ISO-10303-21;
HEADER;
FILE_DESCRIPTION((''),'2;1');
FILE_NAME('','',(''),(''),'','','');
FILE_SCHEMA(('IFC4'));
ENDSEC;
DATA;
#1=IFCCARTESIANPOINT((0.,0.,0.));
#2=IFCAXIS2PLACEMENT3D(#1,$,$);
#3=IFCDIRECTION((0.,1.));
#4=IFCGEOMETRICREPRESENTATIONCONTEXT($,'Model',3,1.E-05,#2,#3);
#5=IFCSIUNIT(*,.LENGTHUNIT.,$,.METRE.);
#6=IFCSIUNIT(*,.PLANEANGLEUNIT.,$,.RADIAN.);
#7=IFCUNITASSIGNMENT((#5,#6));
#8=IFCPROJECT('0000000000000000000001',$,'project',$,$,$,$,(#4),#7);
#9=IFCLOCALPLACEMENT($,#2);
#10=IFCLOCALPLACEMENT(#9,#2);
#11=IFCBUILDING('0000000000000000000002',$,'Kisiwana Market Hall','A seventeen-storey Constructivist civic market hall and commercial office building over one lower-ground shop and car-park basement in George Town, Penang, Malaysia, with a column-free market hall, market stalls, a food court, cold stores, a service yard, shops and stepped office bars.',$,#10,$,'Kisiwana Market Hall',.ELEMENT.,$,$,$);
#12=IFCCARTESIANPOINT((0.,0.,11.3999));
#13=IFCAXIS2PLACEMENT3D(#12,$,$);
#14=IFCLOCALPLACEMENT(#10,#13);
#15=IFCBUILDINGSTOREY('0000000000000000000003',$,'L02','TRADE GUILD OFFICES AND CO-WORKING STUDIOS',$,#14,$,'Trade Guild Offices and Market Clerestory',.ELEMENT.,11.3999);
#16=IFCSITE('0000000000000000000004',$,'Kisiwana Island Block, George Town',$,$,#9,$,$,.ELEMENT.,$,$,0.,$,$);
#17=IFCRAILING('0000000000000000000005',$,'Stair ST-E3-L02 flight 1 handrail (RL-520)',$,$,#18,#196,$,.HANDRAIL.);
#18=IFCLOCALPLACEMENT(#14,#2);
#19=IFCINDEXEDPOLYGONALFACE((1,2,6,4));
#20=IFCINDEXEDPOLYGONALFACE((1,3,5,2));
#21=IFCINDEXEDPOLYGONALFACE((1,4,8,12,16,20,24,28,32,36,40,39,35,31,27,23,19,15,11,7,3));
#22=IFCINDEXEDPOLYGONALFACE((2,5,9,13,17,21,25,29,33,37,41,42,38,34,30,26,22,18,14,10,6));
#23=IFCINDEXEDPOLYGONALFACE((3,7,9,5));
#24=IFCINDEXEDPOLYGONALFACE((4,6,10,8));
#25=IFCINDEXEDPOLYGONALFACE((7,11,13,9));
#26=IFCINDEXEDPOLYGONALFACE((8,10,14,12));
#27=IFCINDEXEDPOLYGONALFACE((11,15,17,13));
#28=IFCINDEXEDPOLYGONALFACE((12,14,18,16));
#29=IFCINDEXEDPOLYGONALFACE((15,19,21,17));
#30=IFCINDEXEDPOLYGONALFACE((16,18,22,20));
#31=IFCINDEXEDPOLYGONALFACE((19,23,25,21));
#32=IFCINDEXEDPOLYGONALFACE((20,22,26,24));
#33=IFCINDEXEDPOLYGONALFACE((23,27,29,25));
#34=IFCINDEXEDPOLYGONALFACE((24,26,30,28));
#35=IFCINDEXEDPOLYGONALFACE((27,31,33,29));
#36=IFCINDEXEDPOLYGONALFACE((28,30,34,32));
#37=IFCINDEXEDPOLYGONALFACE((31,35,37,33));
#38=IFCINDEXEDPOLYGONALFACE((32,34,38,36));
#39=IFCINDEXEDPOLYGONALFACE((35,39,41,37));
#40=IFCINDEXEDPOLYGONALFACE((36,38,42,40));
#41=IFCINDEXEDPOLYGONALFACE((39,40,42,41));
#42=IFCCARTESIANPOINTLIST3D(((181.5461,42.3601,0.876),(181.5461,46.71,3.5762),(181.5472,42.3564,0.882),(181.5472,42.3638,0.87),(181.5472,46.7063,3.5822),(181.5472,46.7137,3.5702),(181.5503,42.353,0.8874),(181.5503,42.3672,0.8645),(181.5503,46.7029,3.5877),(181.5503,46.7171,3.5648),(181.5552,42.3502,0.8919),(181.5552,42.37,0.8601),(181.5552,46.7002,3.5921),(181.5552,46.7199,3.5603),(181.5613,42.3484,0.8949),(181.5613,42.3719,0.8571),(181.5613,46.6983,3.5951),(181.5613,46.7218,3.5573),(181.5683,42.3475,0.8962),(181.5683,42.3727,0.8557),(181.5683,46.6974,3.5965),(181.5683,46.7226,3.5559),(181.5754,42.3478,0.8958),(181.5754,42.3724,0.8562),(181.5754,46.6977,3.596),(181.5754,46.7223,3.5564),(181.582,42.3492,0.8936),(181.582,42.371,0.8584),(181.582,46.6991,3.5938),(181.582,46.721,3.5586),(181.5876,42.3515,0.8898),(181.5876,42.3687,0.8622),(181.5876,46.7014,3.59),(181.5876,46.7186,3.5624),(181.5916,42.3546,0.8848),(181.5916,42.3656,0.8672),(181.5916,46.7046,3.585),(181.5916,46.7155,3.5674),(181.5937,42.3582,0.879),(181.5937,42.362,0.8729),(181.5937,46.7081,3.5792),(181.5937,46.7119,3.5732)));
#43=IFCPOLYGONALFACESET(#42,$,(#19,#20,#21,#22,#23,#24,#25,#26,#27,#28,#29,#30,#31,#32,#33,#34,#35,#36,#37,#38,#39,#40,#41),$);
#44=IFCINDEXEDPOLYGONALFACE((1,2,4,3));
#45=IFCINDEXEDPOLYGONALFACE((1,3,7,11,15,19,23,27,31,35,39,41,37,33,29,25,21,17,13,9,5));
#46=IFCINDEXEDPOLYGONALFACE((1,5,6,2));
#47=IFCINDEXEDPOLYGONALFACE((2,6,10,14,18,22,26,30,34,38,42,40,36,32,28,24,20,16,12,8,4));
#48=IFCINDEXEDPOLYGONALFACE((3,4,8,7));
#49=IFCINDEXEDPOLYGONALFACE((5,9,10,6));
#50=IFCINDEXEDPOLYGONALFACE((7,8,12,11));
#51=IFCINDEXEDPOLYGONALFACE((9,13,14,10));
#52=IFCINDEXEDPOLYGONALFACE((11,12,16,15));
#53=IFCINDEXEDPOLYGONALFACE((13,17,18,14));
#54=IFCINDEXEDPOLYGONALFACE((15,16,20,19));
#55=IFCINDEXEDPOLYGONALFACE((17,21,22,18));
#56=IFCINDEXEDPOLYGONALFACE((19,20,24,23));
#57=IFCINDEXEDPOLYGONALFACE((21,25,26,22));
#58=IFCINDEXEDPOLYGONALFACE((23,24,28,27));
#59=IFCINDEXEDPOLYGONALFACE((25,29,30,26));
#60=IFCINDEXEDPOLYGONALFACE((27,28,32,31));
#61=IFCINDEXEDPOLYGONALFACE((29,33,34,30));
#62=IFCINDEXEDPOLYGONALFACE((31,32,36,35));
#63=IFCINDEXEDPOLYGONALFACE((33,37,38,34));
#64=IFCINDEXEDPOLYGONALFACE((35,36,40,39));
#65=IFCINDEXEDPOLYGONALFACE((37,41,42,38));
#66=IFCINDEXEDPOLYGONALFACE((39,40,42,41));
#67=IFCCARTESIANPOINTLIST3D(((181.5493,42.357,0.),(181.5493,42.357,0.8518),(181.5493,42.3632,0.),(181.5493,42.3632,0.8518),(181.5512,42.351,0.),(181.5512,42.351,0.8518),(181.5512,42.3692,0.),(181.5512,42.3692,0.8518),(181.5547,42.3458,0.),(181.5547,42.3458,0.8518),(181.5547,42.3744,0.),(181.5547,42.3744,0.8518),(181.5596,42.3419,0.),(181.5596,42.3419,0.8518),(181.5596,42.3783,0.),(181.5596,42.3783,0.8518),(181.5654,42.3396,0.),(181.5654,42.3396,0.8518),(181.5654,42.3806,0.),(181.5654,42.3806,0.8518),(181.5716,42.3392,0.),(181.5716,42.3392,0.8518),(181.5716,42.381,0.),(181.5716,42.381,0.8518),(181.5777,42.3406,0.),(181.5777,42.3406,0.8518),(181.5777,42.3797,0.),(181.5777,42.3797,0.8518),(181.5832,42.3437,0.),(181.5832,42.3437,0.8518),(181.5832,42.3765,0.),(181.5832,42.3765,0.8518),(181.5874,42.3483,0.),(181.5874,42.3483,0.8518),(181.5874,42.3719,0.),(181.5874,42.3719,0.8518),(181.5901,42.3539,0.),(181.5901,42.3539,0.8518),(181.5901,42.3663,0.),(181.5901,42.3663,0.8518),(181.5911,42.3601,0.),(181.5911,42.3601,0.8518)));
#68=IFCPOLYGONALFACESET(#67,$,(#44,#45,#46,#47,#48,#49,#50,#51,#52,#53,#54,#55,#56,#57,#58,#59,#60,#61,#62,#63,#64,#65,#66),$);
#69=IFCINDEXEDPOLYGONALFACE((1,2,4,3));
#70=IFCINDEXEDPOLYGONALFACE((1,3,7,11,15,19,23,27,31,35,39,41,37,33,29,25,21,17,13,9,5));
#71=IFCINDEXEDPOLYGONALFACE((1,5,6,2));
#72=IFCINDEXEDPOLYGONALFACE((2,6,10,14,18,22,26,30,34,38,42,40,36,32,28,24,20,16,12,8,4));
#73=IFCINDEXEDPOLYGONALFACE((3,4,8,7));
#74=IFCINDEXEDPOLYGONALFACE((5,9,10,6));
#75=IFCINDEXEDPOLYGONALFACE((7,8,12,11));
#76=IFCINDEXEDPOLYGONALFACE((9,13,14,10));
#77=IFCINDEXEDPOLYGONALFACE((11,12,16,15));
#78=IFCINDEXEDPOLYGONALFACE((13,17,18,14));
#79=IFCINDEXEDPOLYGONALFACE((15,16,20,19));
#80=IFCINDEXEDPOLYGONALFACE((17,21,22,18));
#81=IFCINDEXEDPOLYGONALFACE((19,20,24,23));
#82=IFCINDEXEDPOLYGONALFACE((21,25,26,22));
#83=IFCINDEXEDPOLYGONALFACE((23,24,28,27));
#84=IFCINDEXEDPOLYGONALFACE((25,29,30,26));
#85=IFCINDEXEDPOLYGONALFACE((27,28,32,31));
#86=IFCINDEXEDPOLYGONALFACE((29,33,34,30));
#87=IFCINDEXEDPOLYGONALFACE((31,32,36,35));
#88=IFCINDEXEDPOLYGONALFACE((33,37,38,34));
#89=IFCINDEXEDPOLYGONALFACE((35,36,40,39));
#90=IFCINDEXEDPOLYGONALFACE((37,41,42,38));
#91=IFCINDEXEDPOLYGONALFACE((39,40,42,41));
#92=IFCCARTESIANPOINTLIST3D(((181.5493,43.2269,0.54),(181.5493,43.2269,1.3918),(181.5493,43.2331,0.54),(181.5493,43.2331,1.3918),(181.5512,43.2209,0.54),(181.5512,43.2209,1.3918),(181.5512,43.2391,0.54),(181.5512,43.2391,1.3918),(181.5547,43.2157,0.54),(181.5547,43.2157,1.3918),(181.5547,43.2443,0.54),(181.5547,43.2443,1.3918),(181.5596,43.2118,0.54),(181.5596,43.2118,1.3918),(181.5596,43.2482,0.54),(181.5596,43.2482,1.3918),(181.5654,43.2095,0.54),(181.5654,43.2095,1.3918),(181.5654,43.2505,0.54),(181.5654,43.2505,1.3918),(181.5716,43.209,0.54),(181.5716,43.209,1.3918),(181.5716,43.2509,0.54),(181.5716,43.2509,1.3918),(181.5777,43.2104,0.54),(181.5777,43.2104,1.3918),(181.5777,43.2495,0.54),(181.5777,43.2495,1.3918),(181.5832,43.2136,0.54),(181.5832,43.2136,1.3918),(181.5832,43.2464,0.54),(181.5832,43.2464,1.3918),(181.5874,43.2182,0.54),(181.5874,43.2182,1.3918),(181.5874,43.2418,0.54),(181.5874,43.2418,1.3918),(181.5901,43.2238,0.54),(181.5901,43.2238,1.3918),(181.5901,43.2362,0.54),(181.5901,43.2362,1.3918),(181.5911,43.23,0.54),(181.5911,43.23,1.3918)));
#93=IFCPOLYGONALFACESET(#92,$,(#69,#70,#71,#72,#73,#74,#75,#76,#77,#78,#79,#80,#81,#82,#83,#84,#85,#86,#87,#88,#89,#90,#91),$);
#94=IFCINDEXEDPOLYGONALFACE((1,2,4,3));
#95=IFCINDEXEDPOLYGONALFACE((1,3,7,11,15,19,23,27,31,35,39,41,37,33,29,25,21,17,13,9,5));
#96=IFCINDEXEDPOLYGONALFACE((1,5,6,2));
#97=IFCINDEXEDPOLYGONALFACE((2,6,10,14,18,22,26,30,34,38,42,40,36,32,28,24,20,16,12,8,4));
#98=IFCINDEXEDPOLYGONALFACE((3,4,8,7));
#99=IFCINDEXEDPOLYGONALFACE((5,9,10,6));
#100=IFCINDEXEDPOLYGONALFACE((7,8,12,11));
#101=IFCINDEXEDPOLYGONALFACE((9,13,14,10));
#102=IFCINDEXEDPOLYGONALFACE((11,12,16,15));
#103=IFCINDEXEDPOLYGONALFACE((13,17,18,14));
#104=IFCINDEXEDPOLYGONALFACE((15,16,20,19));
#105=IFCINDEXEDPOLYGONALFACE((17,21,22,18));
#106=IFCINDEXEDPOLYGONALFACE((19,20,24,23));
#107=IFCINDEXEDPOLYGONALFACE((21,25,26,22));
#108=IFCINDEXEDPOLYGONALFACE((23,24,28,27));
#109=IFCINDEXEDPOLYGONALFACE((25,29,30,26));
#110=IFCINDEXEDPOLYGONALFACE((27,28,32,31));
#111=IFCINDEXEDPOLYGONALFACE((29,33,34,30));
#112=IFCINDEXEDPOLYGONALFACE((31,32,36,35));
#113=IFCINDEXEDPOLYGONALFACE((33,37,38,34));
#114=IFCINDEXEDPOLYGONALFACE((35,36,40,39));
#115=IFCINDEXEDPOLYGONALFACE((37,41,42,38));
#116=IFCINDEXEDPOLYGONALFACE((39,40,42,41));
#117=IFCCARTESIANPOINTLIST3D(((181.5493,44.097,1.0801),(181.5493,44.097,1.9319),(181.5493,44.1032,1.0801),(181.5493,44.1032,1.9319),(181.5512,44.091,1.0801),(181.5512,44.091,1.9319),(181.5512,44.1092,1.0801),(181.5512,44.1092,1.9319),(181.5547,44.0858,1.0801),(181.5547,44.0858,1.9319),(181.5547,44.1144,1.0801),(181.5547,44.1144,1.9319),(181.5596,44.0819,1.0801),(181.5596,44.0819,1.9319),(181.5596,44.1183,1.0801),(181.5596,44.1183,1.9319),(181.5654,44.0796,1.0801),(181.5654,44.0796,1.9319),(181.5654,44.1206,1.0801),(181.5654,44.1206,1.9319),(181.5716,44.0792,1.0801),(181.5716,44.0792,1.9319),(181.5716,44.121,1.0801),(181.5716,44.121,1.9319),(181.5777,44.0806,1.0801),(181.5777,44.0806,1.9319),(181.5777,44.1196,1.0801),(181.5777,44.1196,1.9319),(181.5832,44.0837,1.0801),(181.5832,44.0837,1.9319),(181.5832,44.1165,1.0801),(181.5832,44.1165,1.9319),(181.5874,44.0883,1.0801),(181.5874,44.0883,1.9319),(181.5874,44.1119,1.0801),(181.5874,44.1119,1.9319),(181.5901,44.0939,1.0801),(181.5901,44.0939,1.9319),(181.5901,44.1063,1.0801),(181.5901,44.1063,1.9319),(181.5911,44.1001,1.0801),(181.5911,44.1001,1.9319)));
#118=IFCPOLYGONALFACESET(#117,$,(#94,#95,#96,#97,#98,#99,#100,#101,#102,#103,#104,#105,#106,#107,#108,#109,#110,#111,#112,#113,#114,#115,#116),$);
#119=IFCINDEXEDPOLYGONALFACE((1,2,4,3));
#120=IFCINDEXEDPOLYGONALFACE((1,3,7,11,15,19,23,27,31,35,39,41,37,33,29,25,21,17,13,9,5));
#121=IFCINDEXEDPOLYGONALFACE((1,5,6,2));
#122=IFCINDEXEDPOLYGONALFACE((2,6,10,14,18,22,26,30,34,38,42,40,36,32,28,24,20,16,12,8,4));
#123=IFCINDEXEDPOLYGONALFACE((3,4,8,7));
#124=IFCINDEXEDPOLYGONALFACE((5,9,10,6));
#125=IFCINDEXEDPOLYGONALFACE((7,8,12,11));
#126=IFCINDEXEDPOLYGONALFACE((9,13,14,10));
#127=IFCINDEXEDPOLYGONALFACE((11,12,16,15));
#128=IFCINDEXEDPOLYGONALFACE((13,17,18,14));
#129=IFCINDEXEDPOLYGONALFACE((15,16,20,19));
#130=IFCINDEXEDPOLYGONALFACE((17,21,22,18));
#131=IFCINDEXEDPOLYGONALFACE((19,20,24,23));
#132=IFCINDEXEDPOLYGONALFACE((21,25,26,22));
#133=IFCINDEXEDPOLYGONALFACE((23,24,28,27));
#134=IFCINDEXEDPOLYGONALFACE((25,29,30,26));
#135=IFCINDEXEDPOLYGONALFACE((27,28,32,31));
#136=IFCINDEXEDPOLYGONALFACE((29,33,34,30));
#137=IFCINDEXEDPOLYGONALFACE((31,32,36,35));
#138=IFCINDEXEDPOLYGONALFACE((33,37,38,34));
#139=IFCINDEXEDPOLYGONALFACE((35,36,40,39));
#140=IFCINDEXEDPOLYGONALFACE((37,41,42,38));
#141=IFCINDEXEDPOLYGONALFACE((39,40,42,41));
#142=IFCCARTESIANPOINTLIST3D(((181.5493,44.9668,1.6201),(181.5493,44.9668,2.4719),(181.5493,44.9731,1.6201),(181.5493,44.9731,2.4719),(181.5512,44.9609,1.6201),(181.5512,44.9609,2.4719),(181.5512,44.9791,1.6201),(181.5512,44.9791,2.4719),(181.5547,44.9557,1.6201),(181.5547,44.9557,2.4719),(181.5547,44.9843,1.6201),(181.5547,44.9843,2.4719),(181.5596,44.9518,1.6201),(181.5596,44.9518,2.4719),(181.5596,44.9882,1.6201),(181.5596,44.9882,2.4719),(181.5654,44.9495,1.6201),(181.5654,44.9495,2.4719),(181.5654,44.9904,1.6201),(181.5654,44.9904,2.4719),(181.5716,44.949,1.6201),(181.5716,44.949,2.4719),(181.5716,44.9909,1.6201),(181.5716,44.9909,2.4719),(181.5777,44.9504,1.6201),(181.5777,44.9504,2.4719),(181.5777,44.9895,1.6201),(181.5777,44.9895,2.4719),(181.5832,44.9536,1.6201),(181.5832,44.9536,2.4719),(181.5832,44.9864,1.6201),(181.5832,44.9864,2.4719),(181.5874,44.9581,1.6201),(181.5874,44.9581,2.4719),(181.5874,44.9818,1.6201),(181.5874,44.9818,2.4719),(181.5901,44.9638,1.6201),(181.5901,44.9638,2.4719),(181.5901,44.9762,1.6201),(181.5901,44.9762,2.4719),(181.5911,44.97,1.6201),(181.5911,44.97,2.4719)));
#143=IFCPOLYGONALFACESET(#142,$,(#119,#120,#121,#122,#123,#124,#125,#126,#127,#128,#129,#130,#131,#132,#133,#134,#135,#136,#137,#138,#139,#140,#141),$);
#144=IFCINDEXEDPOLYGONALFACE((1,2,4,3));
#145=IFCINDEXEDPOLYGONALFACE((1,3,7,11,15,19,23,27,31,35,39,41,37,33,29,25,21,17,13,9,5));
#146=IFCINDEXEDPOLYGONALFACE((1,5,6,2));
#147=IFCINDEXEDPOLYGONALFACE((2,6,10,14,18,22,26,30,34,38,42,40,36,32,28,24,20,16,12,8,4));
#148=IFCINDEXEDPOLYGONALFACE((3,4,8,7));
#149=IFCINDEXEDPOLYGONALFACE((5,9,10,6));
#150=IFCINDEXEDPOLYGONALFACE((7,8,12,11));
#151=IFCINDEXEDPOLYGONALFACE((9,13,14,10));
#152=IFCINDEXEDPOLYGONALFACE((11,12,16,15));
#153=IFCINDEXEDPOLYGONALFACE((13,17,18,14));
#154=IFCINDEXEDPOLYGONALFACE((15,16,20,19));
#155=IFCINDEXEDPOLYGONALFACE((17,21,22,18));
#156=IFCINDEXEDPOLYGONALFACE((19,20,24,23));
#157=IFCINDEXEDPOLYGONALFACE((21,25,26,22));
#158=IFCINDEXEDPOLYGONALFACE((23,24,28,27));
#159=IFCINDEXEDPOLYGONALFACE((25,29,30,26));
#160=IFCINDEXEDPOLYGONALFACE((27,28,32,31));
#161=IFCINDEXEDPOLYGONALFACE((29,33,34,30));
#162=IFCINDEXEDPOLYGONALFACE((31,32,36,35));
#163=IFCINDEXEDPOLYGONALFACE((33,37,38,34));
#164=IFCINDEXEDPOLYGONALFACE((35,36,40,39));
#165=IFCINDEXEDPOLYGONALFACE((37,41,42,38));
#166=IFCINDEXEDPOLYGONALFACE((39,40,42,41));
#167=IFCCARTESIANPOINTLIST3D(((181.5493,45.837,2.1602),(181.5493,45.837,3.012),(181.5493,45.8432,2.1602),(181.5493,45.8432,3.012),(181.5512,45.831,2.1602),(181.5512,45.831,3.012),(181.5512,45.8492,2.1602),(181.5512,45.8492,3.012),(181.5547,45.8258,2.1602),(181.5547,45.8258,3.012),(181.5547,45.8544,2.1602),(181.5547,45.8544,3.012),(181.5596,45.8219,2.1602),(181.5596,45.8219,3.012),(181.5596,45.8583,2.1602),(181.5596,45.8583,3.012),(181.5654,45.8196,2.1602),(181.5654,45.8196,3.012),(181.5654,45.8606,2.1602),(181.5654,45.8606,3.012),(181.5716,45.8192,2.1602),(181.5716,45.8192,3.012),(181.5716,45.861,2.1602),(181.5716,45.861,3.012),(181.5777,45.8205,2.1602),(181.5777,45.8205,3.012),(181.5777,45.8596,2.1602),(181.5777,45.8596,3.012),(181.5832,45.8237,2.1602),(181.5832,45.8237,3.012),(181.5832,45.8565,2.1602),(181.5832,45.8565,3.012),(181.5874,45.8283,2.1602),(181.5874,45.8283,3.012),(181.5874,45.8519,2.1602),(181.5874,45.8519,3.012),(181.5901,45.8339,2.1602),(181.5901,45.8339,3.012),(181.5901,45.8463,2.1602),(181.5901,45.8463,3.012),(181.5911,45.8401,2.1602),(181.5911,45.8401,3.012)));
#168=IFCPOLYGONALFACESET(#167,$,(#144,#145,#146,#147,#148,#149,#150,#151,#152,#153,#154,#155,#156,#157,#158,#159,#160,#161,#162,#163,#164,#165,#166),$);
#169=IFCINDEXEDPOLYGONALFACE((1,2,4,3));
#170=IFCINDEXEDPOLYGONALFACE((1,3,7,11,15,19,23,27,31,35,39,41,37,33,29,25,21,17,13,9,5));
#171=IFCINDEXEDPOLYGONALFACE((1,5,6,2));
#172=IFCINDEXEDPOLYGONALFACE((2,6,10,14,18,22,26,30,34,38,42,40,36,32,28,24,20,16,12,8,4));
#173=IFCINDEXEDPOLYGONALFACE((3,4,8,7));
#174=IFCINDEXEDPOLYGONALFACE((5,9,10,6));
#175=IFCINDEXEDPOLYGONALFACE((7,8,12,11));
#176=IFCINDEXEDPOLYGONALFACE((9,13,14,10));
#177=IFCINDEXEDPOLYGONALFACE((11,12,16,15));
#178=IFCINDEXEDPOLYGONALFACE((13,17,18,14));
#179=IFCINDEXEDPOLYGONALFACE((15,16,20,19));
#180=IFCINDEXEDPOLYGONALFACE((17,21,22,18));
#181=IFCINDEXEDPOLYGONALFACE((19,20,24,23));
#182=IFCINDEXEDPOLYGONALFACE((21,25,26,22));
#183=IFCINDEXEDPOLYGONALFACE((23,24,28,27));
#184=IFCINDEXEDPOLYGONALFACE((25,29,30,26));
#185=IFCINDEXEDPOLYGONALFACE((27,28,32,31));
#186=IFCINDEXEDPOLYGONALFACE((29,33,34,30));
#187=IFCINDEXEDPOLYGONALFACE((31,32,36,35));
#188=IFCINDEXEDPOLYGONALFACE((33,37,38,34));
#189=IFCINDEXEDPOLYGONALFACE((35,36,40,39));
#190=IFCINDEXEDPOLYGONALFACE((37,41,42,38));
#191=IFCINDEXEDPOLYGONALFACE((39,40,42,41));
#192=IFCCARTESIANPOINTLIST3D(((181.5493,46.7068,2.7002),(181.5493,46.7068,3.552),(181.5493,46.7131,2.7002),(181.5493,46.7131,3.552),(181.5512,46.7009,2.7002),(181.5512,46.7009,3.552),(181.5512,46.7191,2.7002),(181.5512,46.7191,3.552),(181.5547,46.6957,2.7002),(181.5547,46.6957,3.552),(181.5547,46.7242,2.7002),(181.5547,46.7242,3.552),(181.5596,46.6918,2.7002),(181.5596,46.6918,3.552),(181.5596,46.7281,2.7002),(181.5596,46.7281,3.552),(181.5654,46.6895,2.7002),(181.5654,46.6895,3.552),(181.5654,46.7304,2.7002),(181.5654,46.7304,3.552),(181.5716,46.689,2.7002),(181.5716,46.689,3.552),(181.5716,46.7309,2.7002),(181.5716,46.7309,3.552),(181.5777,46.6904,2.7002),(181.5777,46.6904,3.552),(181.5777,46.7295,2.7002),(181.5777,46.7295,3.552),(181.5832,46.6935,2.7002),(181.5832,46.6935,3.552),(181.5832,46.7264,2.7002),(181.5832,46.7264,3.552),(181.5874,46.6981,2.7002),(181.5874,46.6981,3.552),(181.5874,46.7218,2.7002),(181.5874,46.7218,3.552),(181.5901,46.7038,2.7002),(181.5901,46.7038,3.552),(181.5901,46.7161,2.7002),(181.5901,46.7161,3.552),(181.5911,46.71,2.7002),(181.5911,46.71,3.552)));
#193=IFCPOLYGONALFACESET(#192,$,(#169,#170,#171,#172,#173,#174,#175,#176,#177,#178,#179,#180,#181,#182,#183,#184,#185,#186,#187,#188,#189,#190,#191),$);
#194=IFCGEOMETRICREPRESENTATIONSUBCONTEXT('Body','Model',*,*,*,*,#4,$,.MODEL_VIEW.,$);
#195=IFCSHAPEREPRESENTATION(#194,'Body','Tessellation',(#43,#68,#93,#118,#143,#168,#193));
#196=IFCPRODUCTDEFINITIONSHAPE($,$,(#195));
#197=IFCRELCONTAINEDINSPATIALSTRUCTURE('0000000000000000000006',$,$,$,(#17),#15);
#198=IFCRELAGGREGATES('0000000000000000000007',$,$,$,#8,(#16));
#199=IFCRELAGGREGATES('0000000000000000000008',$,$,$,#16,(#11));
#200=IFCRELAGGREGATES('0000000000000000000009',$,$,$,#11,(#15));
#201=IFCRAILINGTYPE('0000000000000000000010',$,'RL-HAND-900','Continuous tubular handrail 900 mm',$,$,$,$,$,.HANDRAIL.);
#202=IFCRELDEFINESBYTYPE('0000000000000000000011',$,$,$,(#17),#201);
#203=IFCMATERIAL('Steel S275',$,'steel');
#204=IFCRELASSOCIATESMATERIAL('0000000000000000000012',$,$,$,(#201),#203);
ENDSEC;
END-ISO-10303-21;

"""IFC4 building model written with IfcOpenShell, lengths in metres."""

from ifc_helpers import new_model, si_unit, direction, frame, origin, origin_2d, place, context, subcontext, project, spatial, circle, extrude, material, type_object, element, save


model = new_model("IFC4")

# Units and contexts
model_context = context("Model", 3, precision=1e-05, world=origin(), true_north=direction((0.0, 1.0)))
body_context = subcontext(model_context, "Body", "Model", "MODEL_VIEW")
ifc_project = project(units=[si_unit("LENGTHUNIT", "METRE"), si_unit("PLANEANGLEUNIT", "RADIAN")], contexts=[model_context])

# Site, building, storey
site_placement = place(None, origin())
site = spatial("IfcSite", under=ifc_project, at=site_placement, Name="Kisiwana Island Block, George Town", CompositionType="ELEMENT", RefElevation=0.0)
building_placement = place(site_placement, origin())
building = spatial("IfcBuilding", under=site, at=building_placement, Name="Kisiwana Market Hall", Description="A seventeen-storey Constructivist civic market hall and commercial office building over one lower-ground shop and car-park basement in George Town, Penang, Malaysia, with a column-free market hall, market stalls, a food court, cold stores, a service yard, shops and stepped office bars.", LongName="Kisiwana Market Hall", CompositionType="ELEMENT")
storey_placement = place(building_placement, frame((0.0, 0.0, 11.3999)))
storey = spatial("IfcBuildingStorey", under=building, at=storey_placement, Name="L02", Description="TRADE GUILD OFFICES AND CO-WORKING STUDIOS", LongName="Trade Guild Offices and Market Clerestory", CompositionType="ELEMENT", Elevation=11.3999)

# Railing
ifc_material_1 = material(Name="Steel S275", Category="steel")
railing_type_1 = type_object("IfcRailingType", Name="RL-HAND-900", Description="Continuous tubular handrail 900 mm", PredefinedType="HANDRAIL", material=ifc_material_1)
railing_1_placement = place(storey_placement, frame((181.5701, 42.3601, 0.0)))
element("IfcRailing", 1, at=railing_1_placement, inside=storey, type_object=railing_type_1, Name="Stair ST-E3-L02 flight 1 handrail (RL-520)", PredefinedType="HANDRAIL", context=body_context, shape_type="SweptSolid", body=[
    extrude(circle(Radius=0.0239, at=origin_2d()), frame((0.0, 0.0, 0.876), z_axis=(0.0, 0.849615, 0.527403), x_axis=(-1.0, 0.0, 0.0)), (0.0, 0.0, 1.0), 5.1199),
    extrude(circle(Radius=0.021, at=origin_2d()), origin(), (0.0, 0.0, 1.0), 0.8518),
    extrude(circle(Radius=0.021, at=origin_2d()), frame((0.0, 0.8699, 0.54)), (0.0, 0.0, 1.0), 0.8518),
    extrude(circle(Radius=0.021, at=origin_2d()), frame((0.0, 1.74, 1.0801)), (0.0, 0.0, 1.0), 0.8518),
    extrude(circle(Radius=0.021, at=origin_2d()), frame((0.0, 2.6099, 1.6201)), (0.0, 0.0, 1.0), 0.8518),
    extrude(circle(Radius=0.021, at=origin_2d()), frame((0.0, 3.48, 2.1602)), (0.0, 0.0, 1.0), 0.8518),
    extrude(circle(Radius=0.021, at=origin_2d()), frame((0.0, 4.3499, 2.7002)), (0.0, 0.0, 1.0), 0.8518),
])

save(model, "model.ifc")
